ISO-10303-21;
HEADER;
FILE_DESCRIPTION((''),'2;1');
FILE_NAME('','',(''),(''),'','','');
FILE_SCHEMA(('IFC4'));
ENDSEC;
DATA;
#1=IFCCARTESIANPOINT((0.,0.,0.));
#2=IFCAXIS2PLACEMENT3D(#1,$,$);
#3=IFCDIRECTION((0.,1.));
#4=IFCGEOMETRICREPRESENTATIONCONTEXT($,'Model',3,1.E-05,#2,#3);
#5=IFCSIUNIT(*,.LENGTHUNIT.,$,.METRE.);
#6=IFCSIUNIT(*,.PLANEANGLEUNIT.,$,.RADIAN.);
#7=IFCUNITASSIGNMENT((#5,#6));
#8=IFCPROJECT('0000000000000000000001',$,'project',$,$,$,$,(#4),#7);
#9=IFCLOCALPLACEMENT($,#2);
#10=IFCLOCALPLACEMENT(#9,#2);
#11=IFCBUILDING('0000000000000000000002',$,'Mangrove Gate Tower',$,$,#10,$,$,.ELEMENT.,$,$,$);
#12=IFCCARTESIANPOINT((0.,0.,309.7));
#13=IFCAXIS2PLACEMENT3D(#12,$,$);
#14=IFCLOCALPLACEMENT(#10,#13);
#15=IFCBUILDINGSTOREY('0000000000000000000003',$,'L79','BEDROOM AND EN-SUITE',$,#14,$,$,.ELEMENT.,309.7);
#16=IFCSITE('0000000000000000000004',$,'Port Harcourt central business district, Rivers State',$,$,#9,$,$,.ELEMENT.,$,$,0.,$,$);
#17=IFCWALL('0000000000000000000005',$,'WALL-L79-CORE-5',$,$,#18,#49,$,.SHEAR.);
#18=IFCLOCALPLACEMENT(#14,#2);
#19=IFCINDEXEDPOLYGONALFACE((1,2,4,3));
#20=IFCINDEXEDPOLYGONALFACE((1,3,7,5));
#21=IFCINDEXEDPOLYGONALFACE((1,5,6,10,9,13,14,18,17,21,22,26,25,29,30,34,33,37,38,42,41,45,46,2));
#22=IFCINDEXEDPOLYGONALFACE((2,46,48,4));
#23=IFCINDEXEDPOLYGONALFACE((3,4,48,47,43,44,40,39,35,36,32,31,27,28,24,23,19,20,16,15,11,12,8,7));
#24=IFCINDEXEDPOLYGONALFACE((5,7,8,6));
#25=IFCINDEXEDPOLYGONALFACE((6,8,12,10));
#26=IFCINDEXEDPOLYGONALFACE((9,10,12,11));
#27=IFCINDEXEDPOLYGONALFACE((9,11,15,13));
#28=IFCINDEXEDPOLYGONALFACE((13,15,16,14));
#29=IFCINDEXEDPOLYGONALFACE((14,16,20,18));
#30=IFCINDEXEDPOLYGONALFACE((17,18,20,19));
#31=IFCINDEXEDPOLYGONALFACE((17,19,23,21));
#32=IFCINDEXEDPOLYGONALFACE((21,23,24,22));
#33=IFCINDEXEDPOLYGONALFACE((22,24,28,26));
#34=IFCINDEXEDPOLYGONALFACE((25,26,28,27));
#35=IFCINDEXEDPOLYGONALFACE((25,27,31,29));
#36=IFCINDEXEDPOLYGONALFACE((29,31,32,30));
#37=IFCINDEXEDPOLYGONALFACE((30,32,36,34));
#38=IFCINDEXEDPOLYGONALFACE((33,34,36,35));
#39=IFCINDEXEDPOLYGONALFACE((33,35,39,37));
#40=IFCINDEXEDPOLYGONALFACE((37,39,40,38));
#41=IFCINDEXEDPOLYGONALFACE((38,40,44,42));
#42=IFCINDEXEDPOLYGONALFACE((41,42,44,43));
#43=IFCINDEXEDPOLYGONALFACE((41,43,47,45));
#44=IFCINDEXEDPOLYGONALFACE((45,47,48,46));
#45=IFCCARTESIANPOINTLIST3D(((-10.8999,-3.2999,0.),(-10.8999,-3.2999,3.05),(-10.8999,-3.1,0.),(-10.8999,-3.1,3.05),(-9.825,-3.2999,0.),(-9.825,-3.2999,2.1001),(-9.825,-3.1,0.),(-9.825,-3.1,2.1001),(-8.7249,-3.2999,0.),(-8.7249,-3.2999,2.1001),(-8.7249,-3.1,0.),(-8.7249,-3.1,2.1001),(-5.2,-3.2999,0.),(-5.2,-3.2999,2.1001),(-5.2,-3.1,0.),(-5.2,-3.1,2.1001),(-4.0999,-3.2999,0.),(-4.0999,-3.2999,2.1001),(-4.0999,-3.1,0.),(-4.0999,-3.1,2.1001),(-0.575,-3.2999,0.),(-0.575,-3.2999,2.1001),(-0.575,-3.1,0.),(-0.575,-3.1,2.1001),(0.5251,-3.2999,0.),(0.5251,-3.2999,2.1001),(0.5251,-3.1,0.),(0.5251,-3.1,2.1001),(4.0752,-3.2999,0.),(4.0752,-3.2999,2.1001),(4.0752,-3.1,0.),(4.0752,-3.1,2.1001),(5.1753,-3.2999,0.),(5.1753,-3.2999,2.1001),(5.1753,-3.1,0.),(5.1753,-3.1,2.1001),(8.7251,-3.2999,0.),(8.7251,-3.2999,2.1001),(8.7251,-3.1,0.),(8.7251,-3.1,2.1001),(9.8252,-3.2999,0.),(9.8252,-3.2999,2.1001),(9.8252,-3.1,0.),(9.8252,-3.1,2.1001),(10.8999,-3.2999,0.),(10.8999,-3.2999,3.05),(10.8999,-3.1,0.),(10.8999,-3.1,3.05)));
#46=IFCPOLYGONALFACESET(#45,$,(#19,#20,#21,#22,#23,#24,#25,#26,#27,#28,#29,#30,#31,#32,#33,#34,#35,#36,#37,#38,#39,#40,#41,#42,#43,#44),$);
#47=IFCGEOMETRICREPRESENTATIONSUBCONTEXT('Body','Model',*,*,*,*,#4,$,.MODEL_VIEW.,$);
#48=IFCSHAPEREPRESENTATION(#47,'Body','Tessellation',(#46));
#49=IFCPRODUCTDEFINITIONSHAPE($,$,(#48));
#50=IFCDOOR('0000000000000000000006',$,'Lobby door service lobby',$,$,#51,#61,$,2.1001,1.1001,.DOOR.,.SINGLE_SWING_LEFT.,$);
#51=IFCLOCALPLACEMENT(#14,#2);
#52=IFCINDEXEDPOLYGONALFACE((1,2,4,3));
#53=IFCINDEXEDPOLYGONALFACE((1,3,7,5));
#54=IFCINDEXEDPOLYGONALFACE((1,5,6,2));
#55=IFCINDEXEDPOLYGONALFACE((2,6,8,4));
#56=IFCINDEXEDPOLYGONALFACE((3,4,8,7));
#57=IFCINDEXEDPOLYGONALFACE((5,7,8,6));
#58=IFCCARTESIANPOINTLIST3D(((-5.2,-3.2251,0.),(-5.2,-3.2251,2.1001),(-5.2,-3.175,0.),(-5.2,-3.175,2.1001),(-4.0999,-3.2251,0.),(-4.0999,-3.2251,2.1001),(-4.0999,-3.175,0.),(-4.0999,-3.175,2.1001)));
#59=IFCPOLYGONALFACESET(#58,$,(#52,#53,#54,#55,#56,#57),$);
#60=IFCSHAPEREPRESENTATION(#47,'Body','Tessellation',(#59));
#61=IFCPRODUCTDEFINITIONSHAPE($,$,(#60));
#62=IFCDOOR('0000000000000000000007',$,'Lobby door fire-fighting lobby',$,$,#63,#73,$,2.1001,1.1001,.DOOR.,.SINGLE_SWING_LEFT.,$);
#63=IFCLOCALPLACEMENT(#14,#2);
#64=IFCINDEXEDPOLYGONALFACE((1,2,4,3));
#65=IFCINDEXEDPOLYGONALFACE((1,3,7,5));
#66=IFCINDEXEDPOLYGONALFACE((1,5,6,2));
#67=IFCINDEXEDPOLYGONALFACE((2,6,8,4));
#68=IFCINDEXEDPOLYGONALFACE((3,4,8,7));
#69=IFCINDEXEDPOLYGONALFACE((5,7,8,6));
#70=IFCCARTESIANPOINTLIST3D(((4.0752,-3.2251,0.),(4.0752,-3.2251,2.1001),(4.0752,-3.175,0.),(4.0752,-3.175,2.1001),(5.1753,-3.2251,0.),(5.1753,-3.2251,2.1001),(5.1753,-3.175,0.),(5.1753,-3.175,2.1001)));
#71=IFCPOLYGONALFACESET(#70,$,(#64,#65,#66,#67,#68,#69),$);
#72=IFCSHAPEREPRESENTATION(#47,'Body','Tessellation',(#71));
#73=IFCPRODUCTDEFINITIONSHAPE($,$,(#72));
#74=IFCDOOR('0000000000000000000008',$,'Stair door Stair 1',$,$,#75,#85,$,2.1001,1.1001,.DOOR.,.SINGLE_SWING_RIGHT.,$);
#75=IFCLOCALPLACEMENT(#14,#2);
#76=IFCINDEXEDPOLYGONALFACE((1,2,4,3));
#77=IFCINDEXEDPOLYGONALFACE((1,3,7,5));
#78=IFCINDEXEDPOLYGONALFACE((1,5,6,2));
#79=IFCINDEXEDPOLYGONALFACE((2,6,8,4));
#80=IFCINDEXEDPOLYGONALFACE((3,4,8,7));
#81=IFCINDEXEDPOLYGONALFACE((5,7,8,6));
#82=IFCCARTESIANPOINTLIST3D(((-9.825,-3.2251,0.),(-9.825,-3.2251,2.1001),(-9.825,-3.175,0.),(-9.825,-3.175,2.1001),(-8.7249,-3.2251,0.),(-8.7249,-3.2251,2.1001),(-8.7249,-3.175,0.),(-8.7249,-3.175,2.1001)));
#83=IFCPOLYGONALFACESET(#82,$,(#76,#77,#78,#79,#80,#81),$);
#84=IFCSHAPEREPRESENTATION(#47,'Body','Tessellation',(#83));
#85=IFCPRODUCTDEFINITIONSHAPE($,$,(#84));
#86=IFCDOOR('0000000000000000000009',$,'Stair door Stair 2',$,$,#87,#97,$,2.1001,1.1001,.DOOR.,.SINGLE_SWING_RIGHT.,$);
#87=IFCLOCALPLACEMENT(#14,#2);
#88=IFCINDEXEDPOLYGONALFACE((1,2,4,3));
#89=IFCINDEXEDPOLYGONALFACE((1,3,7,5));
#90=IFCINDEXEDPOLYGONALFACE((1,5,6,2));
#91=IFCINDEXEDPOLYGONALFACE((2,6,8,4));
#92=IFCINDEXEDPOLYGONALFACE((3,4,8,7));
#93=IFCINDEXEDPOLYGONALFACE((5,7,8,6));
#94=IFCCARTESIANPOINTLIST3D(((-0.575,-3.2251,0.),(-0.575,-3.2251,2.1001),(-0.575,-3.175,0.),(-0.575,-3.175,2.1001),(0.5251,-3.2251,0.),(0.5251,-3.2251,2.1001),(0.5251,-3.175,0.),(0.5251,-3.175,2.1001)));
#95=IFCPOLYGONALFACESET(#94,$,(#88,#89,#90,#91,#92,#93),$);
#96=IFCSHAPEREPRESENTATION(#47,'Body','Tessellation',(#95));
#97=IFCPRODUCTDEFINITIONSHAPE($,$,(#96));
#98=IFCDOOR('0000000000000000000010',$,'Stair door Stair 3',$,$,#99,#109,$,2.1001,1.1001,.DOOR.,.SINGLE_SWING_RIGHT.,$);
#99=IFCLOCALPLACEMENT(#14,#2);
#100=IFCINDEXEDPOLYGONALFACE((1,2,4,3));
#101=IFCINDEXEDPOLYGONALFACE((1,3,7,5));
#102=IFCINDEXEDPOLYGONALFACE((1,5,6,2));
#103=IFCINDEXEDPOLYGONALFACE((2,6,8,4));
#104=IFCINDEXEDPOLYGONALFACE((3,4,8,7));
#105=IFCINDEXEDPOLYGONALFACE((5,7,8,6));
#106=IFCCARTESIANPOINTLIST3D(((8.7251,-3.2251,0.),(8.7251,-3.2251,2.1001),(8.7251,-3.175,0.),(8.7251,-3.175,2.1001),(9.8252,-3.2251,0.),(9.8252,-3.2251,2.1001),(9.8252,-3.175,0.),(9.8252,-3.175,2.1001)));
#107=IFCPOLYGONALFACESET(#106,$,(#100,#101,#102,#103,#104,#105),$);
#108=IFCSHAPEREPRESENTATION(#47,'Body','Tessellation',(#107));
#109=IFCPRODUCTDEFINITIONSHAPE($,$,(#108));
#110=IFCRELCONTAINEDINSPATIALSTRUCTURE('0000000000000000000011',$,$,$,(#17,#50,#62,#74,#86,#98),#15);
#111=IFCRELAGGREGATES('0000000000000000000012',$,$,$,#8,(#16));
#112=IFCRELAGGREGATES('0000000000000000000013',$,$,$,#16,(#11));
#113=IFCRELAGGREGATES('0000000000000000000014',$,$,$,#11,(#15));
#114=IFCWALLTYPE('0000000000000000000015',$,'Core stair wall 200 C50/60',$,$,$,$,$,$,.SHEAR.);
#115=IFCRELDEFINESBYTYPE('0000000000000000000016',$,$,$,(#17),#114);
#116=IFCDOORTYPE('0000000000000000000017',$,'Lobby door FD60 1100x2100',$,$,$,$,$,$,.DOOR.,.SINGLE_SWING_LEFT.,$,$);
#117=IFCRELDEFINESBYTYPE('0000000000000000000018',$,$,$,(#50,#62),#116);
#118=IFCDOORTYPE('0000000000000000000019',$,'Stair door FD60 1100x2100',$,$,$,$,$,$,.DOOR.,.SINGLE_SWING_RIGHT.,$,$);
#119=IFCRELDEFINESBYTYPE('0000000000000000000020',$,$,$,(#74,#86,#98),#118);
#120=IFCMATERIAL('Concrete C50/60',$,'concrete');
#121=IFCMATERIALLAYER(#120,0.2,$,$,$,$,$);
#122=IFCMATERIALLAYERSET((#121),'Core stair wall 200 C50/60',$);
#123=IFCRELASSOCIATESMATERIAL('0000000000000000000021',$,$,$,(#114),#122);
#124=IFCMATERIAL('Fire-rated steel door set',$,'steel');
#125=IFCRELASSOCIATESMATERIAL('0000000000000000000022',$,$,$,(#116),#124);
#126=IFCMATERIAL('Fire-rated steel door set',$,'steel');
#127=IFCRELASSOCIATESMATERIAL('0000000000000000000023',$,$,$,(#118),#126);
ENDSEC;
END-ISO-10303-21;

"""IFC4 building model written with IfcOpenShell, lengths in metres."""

from ifc_helpers import new_model, si_unit, direction, frame, frame_2d, origin, place, context, subcontext, project, spatial, rectangle, extrude, material, layer, layer_set, type_object, element, fill, save


model = new_model("IFC4")

# Units and contexts
model_context = context("Model", 3, precision=1e-05, world=origin(), true_north=direction((0.0, 1.0)))
body_context = subcontext(model_context, "Body", "Model", "MODEL_VIEW")
ifc_project = project(units=[si_unit("LENGTHUNIT", "METRE"), si_unit("PLANEANGLEUNIT", "RADIAN")], contexts=[model_context])

# Site, building, storey
site_placement = place(None, origin())
site = spatial("IfcSite", under=ifc_project, at=site_placement, Name="Port Harcourt central business district, Rivers State", CompositionType="ELEMENT", RefElevation=0.0)
building_placement = place(site_placement, origin())
building = spatial("IfcBuilding", under=site, at=building_placement, Name="Mangrove Gate Tower", CompositionType="ELEMENT")
storey_placement = place(building_placement, frame((0.0, 0.0, 309.7)))
storey = spatial("IfcBuildingStorey", under=building, at=storey_placement, Name="L79", Description="BEDROOM AND EN-SUITE", CompositionType="ELEMENT", Elevation=309.7)

# Wall, openings, doors
ifc_material_1 = material(Name="Concrete C50/60", Category="concrete")
ifc_layer_1 = layer(ifc_material_1, 0.2)
ifc_layer_set_1 = layer_set([ifc_layer_1], Name="Core stair wall 200 C50/60")
wall_type_1 = type_object("IfcWallType", Name="Core stair wall 200 C50/60", PredefinedType="SHEAR", material=ifc_layer_set_1)
wall_1_placement = place(storey_placement, frame((-10.8999, -3.2, 0.0), z_axis=(0.0, 0.0, 1.0), x_axis=(1.0, 0.0, 0.0)))
wall_1 = element("IfcWall", 1, at=wall_1_placement, inside=storey, type_object=wall_type_1, Name="WALL-L79-CORE-5", PredefinedType="SHEAR", context=body_context, shape_type="SweptSolid", body=[
    extrude(rectangle(XDim=21.7998, YDim=0.2, at=frame_2d((10.8999, 0.0))), origin(), (0.0, 0.0, 1.0), 3.05),
])
opening_1_placement = place(wall_1_placement, frame((1.075, 0.0, 0.0)))
opening_1 = element("IfcOpeningElement", 2, at=opening_1_placement, cuts=wall_1, PredefinedType="OPENING", context=body_context, shape_type="SweptSolid", body=[
    extrude(rectangle(XDim=1.1001, YDim=2.1001, at=frame_2d((0.55, 1.05))), frame((0.0, 0.1099, 0.0), z_axis=(0.0, -1.0, 0.0), x_axis=(1.0, 0.0, 0.0)), (0.0, 0.0, 1.0), 0.22),
])
opening_2_placement = place(wall_1_placement, frame((10.325, 0.0, 0.0)))
opening_2 = element("IfcOpeningElement", 3, at=opening_2_placement, cuts=wall_1, PredefinedType="OPENING", context=body_context, shape_type="SweptSolid", body=[
    extrude(rectangle(XDim=1.1001, YDim=2.1001, at=frame_2d((0.55, 1.05))), frame((0.0, 0.1099, 0.0), z_axis=(0.0, -1.0, 0.0), x_axis=(1.0, 0.0, 0.0)), (0.0, 0.0, 1.0), 0.22),
])
opening_3_placement = place(wall_1_placement, frame((19.625, 0.0, 0.0)))
opening_3 = element("IfcOpeningElement", 4, at=opening_3_placement, cuts=wall_1, PredefinedType="OPENING", context=body_context, shape_type="SweptSolid", body=[
    extrude(rectangle(XDim=1.1001, YDim=2.1001, at=frame_2d((0.55, 1.05))), frame((0.0, 0.1099, 0.0), z_axis=(0.0, -1.0, 0.0), x_axis=(1.0, 0.0, 0.0)), (0.0, 0.0, 1.0), 0.22),
])
opening_4_placement = place(wall_1_placement, frame((5.7, 0.0, 0.0)))
opening_4 = element("IfcOpeningElement", 5, at=opening_4_placement, cuts=wall_1, PredefinedType="OPENING", context=body_context, shape_type="SweptSolid", body=[
    extrude(rectangle(XDim=1.1001, YDim=2.1001, at=frame_2d((0.55, 1.05))), frame((0.0, 0.1099, 0.0), z_axis=(0.0, -1.0, 0.0), x_axis=(1.0, 0.0, 0.0)), (0.0, 0.0, 1.0), 0.22),
])
opening_5_placement = place(wall_1_placement, frame((14.9751, 0.0, 0.0)))
opening_5 = element("IfcOpeningElement", 6, at=opening_5_placement, cuts=wall_1, PredefinedType="OPENING", context=body_context, shape_type="SweptSolid", body=[
    extrude(rectangle(XDim=1.1001, YDim=2.1001, at=frame_2d((0.55, 1.05))), frame((0.0, 0.1099, 0.0), z_axis=(0.0, -1.0, 0.0), x_axis=(1.0, 0.0, 0.0)), (0.0, 0.0, 1.0), 0.22),
])
ifc_material_2 = material(Name="Fire-rated steel door set", Category="steel")
door_type_1 = type_object("IfcDoorType", Name="Lobby door FD60 1100x2100", OperationType="SINGLE_SWING_LEFT", PredefinedType="DOOR", material=ifc_material_2)
door_1_placement = place(opening_4_placement, origin())
door_1 = element("IfcDoor", 7, at=door_1_placement, inside=storey, type_object=door_type_1, Name="Lobby door service lobby", OperationType="SINGLE_SWING_LEFT", OverallHeight=2.1001, OverallWidth=1.1001, PredefinedType="DOOR", context=body_context, shape_type="SweptSolid", body=[
    extrude(rectangle(XDim=1.1001, YDim=2.1001, at=frame_2d((0.55, 1.05))), frame((0.0, 0.0249, 0.0), z_axis=(0.0, -1.0, 0.0), x_axis=(1.0, 0.0, 0.0)), (0.0, 0.0, 1.0), 0.05),
])
fill(opening_4, door_1)
door_2_placement = place(opening_5_placement, origin())
door_2 = element("IfcDoor", 8, at=door_2_placement, inside=storey, type_object=door_type_1, Name="Lobby door fire-fighting lobby", OperationType="SINGLE_SWING_LEFT", OverallHeight=2.1001, OverallWidth=1.1001, PredefinedType="DOOR", context=body_context, shape_type="SweptSolid", body=[
    extrude(rectangle(XDim=1.1001, YDim=2.1001, at=frame_2d((0.55, 1.05))), frame((0.0, 0.0249, 0.0), z_axis=(0.0, -1.0, 0.0), x_axis=(1.0, 0.0, 0.0)), (0.0, 0.0, 1.0), 0.05),
])
fill(opening_5, door_2)
ifc_material_3 = material(Name="Fire-rated steel door set", Category="steel")
door_type_2 = type_object("IfcDoorType", Name="Stair door FD60 1100x2100", OperationType="SINGLE_SWING_RIGHT", PredefinedType="DOOR", material=ifc_material_3)
door_3_placement = place(opening_1_placement, origin())
door_3 = element("IfcDoor", 9, at=door_3_placement, inside=storey, type_object=door_type_2, Name="Stair door Stair 1", OperationType="SINGLE_SWING_RIGHT", OverallHeight=2.1001, OverallWidth=1.1001, PredefinedType="DOOR", context=body_context, shape_type="SweptSolid", body=[
    extrude(rectangle(XDim=1.1001, YDim=2.1001, at=frame_2d((0.55, 1.05))), frame((0.0, 0.0249, 0.0), z_axis=(0.0, -1.0, 0.0), x_axis=(1.0, 0.0, 0.0)), (0.0, 0.0, 1.0), 0.05),
])
fill(opening_1, door_3)
door_4_placement = place(opening_2_placement, origin())
door_4 = element("IfcDoor", 10, at=door_4_placement, inside=storey, type_object=door_type_2, Name="Stair door Stair 2", OperationType="SINGLE_SWING_RIGHT", OverallHeight=2.1001, OverallWidth=1.1001, PredefinedType="DOOR", context=body_context, shape_type="SweptSolid", body=[
    extrude(rectangle(XDim=1.1001, YDim=2.1001, at=frame_2d((0.55, 1.05))), frame((0.0, 0.0249, 0.0), z_axis=(0.0, -1.0, 0.0), x_axis=(1.0, 0.0, 0.0)), (0.0, 0.0, 1.0), 0.05),
])
fill(opening_2, door_4)
door_5_placement = place(opening_3_placement, origin())
door_5 = element("IfcDoor", 11, at=door_5_placement, inside=storey, type_object=door_type_2, Name="Stair door Stair 3", OperationType="SINGLE_SWING_RIGHT", OverallHeight=2.1001, OverallWidth=1.1001, PredefinedType="DOOR", context=body_context, shape_type="SweptSolid", body=[
    extrude(rectangle(XDim=1.1001, YDim=2.1001, at=frame_2d((0.55, 1.05))), frame((0.0, 0.0249, 0.0), z_axis=(0.0, -1.0, 0.0), x_axis=(1.0, 0.0, 0.0)), (0.0, 0.0, 1.0), 0.05),
])
fill(opening_3, door_5)

save(model, "model.ifc")
